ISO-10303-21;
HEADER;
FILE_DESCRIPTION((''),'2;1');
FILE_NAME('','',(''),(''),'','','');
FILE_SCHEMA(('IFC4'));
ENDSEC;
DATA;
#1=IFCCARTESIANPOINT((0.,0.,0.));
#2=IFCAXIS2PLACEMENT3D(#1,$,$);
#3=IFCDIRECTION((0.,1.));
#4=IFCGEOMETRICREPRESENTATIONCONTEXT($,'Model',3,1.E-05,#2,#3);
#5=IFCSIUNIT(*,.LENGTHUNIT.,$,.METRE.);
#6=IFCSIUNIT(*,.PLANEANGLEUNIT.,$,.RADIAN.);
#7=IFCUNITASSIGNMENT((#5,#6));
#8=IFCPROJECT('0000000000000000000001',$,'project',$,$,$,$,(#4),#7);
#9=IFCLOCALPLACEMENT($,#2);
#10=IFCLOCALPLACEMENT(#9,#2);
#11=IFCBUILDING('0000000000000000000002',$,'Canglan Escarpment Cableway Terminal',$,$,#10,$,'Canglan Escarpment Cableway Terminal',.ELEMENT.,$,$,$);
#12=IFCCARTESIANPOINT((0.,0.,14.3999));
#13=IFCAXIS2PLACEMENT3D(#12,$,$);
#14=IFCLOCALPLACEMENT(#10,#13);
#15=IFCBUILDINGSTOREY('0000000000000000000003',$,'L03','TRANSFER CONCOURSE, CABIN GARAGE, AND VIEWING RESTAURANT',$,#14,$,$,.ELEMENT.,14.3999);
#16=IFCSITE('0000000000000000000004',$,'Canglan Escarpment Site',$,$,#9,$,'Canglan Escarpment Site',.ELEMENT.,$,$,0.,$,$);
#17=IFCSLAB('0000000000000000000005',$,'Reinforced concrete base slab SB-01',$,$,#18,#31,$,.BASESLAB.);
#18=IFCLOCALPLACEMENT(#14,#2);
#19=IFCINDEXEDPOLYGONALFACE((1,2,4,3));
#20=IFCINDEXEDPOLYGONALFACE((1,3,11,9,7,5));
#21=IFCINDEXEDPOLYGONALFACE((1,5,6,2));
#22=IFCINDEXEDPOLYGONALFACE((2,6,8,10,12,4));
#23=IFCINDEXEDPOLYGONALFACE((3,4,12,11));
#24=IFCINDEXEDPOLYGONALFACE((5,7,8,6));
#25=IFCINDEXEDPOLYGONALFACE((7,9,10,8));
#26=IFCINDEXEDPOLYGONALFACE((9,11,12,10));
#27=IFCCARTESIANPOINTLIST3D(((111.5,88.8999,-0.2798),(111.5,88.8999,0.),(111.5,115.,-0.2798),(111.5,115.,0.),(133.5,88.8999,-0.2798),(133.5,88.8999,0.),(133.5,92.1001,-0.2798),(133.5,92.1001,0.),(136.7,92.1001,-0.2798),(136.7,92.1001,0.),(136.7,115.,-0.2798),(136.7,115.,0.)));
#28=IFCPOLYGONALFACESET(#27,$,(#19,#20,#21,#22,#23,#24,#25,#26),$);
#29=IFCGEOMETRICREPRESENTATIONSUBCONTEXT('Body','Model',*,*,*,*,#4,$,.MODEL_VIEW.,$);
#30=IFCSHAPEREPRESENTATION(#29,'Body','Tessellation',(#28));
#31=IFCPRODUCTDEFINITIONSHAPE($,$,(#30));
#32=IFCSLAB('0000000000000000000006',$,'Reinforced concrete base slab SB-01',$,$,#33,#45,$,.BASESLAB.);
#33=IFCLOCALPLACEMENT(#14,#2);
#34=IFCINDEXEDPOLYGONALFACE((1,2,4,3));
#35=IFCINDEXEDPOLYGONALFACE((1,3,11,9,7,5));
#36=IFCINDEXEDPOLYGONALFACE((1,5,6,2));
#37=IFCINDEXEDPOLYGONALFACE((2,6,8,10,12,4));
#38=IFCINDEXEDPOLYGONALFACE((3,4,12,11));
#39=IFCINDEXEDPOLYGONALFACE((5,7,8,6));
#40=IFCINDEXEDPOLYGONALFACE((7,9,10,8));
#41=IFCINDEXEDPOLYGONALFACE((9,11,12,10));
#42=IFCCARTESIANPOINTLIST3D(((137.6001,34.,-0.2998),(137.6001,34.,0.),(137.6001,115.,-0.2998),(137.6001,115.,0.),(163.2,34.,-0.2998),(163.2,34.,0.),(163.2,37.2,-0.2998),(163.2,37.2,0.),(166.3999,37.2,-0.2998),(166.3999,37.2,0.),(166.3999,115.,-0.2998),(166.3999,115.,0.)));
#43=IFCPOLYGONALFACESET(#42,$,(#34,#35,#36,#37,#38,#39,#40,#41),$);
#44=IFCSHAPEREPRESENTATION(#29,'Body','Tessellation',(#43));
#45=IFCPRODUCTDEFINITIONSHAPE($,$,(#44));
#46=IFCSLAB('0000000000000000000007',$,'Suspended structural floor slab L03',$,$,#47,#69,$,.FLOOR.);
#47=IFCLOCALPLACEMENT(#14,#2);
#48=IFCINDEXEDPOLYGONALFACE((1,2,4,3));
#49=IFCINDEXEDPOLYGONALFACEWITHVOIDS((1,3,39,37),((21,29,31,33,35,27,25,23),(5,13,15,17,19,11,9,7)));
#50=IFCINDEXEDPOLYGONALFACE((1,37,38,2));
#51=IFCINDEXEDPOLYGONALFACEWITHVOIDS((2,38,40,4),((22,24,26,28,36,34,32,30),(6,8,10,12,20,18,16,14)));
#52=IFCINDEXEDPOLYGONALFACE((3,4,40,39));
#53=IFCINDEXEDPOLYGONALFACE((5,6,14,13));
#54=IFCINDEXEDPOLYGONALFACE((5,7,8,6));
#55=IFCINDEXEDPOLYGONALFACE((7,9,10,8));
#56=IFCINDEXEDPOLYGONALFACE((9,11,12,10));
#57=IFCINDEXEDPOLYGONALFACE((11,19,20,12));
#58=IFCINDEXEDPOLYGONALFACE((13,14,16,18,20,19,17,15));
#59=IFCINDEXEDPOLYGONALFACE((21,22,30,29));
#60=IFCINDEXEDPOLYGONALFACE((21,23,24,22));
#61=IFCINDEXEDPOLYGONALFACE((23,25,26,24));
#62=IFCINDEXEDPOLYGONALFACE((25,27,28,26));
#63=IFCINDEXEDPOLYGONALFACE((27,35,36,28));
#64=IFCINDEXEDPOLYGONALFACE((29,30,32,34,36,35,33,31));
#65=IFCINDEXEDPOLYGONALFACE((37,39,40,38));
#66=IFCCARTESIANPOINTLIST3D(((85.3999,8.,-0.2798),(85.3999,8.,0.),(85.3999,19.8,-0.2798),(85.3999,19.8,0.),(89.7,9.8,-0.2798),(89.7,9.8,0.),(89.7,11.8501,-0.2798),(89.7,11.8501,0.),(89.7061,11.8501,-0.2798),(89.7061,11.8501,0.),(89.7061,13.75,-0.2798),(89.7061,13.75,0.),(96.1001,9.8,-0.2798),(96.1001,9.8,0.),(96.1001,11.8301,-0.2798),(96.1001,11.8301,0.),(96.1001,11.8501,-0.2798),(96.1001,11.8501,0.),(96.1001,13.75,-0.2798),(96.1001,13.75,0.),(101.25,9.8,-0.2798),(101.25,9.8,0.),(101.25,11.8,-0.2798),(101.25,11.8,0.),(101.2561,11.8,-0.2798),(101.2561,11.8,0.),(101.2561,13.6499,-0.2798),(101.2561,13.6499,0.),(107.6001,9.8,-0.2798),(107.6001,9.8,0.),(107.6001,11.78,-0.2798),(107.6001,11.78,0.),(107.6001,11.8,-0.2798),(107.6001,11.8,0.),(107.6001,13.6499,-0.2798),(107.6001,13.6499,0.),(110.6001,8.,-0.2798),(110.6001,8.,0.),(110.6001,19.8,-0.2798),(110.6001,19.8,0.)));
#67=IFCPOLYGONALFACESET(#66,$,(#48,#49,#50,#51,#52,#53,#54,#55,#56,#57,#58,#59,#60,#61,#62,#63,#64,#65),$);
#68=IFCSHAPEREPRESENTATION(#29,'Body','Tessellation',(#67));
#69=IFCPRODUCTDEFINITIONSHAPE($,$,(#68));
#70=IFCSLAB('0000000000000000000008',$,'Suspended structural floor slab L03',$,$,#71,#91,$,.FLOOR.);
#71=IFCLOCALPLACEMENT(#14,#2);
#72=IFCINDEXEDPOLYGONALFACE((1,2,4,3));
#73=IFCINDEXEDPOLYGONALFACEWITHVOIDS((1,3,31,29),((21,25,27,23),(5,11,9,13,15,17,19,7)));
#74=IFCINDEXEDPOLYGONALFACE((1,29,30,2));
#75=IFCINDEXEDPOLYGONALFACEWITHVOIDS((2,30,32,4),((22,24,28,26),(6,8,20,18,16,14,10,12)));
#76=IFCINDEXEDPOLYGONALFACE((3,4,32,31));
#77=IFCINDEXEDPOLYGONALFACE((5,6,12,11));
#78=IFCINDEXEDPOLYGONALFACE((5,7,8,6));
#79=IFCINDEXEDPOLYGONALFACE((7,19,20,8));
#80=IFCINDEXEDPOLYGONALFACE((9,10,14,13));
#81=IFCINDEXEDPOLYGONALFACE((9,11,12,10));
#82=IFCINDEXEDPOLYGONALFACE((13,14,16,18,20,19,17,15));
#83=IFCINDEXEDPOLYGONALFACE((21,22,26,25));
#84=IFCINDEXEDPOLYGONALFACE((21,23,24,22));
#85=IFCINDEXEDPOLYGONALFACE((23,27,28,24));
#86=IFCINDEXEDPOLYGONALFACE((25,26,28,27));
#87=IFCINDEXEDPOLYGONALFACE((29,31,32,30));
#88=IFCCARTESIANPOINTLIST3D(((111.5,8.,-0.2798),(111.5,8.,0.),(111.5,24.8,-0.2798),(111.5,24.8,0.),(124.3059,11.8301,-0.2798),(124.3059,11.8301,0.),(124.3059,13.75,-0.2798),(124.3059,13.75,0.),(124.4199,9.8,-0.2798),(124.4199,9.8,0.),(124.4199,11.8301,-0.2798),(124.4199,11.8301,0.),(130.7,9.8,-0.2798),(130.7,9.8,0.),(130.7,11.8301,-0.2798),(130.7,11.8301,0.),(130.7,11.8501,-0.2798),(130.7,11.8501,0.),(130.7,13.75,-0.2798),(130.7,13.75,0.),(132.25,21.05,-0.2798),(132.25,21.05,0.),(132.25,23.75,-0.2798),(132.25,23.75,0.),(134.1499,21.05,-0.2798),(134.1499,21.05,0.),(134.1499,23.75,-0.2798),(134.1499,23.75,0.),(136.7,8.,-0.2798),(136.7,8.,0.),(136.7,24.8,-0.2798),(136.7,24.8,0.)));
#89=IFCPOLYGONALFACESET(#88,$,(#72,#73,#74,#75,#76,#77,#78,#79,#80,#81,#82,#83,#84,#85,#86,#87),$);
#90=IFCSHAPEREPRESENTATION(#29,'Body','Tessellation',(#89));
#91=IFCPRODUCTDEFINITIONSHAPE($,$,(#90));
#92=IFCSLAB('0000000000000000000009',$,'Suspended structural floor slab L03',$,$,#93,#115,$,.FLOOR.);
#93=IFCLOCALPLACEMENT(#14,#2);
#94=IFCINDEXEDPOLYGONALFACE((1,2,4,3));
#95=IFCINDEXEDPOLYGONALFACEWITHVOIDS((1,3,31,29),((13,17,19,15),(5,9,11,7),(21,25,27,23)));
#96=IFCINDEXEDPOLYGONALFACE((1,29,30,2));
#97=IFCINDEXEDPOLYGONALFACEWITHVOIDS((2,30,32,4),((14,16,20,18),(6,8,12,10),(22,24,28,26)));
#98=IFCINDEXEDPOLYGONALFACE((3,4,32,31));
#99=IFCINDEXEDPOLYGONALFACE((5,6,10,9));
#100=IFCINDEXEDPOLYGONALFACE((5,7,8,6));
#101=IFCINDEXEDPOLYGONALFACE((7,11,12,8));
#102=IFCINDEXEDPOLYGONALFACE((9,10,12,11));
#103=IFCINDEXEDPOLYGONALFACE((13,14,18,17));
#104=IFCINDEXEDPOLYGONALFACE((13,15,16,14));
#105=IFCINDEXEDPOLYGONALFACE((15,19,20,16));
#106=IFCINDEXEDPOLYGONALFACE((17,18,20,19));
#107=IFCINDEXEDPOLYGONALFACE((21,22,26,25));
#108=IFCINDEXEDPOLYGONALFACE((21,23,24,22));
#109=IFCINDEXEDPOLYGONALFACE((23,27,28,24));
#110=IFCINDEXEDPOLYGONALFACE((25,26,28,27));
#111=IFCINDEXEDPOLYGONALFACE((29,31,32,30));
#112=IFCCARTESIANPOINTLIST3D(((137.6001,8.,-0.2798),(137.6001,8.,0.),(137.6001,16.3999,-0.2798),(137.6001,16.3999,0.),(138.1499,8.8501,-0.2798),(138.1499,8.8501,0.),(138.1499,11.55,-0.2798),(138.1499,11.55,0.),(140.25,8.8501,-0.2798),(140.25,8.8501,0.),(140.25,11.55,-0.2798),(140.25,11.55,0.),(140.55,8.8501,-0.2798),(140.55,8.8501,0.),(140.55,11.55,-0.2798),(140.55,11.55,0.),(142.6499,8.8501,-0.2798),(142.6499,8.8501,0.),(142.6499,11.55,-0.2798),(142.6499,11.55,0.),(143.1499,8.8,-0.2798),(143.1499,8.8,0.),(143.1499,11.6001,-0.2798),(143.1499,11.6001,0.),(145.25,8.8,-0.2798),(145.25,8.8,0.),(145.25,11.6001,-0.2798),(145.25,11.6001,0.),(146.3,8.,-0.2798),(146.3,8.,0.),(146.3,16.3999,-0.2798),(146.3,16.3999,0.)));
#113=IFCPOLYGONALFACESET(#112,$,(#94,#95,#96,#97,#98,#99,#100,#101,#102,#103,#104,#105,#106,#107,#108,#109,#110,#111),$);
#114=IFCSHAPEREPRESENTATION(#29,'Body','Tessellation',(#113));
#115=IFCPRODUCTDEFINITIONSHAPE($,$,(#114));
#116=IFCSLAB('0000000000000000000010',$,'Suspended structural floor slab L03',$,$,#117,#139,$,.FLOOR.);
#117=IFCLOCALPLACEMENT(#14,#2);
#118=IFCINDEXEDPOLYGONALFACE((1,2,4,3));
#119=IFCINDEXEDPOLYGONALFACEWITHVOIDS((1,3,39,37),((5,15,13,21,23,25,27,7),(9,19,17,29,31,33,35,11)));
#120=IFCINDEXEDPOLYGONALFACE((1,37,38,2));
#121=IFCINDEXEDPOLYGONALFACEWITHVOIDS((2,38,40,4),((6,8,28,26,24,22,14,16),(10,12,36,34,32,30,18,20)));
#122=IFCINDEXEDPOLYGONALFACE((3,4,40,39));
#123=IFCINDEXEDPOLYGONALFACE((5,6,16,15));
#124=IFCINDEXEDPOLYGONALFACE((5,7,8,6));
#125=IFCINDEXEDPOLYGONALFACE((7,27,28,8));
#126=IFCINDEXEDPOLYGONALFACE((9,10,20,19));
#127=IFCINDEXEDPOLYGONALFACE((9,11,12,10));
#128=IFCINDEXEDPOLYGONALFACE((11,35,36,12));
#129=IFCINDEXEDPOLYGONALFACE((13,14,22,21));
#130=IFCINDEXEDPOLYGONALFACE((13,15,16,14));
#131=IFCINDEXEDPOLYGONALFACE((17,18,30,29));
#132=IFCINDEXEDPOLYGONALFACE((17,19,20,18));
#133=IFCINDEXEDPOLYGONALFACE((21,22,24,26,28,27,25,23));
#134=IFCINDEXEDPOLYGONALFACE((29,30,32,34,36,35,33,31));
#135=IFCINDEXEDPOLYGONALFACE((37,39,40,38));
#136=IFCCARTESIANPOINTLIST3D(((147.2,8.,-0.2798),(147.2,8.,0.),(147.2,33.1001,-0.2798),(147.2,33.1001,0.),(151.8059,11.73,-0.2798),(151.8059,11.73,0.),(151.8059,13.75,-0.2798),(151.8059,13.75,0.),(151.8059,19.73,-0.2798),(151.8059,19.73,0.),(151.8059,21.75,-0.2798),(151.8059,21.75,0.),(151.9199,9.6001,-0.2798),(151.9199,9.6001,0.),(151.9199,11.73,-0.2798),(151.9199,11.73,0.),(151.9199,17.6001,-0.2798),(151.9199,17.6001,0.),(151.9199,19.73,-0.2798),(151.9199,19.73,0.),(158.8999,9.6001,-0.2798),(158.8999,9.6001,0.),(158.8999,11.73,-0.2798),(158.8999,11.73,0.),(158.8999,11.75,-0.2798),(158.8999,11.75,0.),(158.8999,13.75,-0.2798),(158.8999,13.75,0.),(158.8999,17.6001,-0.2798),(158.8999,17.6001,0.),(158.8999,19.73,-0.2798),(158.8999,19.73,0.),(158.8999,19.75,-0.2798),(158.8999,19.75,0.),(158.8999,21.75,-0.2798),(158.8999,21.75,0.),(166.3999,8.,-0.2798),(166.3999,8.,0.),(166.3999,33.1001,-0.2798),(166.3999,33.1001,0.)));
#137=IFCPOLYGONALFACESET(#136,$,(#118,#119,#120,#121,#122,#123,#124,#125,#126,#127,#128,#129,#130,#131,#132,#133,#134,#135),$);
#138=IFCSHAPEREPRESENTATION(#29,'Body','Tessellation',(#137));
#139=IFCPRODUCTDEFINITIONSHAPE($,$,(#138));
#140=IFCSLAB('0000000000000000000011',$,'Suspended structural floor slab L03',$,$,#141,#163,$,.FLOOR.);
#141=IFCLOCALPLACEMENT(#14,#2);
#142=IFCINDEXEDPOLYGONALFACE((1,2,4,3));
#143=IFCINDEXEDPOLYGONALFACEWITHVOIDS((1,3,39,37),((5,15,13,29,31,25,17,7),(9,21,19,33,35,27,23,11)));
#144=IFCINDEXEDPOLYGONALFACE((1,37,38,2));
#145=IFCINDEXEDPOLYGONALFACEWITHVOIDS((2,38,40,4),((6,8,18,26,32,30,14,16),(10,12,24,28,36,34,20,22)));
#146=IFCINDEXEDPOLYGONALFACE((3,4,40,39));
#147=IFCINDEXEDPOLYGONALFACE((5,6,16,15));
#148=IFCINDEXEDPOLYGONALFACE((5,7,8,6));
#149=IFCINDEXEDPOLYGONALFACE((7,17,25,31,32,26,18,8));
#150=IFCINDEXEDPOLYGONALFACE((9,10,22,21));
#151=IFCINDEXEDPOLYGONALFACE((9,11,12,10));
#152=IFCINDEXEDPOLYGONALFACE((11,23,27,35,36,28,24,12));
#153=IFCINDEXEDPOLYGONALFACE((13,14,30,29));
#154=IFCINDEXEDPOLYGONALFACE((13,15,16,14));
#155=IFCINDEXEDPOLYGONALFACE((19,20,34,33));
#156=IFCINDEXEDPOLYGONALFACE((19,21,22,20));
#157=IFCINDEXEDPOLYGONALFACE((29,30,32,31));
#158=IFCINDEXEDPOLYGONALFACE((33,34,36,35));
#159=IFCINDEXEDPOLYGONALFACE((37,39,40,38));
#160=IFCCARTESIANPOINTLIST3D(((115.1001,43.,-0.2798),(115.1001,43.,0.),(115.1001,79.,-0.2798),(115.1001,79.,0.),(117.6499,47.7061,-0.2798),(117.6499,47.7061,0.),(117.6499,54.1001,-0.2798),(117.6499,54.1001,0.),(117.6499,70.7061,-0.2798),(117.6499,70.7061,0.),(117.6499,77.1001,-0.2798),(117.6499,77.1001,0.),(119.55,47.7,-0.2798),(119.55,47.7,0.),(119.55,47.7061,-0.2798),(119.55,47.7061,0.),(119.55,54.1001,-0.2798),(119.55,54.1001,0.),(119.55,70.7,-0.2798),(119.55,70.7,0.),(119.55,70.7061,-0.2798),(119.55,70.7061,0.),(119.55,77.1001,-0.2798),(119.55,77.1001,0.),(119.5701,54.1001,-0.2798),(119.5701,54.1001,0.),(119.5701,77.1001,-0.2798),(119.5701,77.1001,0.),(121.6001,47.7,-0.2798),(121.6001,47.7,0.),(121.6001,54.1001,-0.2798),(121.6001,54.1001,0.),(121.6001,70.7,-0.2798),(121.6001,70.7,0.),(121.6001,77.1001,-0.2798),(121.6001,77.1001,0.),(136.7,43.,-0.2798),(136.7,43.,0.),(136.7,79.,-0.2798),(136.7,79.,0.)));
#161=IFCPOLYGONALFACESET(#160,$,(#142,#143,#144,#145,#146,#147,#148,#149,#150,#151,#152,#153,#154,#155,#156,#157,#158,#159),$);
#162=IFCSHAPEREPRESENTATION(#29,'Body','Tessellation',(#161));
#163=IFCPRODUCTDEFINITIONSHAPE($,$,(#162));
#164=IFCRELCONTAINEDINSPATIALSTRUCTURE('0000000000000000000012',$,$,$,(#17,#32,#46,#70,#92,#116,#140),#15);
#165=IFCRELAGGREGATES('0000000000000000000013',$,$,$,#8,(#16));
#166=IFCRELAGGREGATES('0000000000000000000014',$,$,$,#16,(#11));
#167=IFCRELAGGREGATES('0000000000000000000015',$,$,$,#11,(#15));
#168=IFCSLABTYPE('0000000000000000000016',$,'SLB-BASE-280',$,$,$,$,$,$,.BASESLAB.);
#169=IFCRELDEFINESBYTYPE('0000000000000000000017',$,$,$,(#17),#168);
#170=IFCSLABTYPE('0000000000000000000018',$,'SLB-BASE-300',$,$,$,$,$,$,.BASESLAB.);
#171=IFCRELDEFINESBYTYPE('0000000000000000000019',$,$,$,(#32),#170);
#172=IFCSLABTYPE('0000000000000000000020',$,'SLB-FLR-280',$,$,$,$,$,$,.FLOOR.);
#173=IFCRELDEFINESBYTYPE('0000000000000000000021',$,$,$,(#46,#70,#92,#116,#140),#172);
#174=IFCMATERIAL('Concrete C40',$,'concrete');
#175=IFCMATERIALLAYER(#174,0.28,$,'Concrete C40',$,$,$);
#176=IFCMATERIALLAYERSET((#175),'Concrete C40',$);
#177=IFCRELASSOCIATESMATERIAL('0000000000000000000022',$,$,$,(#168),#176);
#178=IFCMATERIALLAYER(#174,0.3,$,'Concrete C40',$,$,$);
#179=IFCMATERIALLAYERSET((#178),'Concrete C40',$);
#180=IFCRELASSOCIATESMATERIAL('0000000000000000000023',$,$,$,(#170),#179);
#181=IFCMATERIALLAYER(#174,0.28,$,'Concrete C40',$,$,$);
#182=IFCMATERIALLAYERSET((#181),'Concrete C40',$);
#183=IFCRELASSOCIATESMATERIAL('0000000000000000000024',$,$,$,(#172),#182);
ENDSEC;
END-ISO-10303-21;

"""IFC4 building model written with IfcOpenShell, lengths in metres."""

from ifc_helpers import new_model, si_unit, direction, frame, origin, place, context, subcontext, project, spatial, polyline, outline, extrude, material, layer, layer_set, type_object, element, save


model = new_model("IFC4")

# Units and contexts
model_context = context("Model", 3, precision=1e-05, world=origin(), true_north=direction((0.0, 1.0)))
body_context = subcontext(model_context, "Body", "Model", "MODEL_VIEW")
ifc_project = project(units=[si_unit("LENGTHUNIT", "METRE"), si_unit("PLANEANGLEUNIT", "RADIAN")], contexts=[model_context])

# Site, building, storey
site_placement = place(None, origin())
site = spatial("IfcSite", under=ifc_project, at=site_placement, Name="Canglan Escarpment Site", LongName="Canglan Escarpment Site", CompositionType="ELEMENT", RefElevation=0.0)
building_placement = place(site_placement, origin())
building = spatial("IfcBuilding", under=site, at=building_placement, Name="Canglan Escarpment Cableway Terminal", LongName="Canglan Escarpment Cableway Terminal", CompositionType="ELEMENT")
storey_placement = place(building_placement, frame((0.0, 0.0, 14.3999)))
storey = spatial("IfcBuildingStorey", under=building, at=storey_placement, Name="L03", Description="TRANSFER CONCOURSE, CABIN GARAGE, AND VIEWING RESTAURANT", CompositionType="ELEMENT", Elevation=14.3999)

# Slabs
ifc_material = material(Name="Concrete C40", Category="concrete")
ifc_layer_1 = layer(ifc_material, 0.28, Name="Concrete C40")
ifc_layer_set_1 = layer_set([ifc_layer_1], Name="Concrete C40")
slab_type_1 = type_object("IfcSlabType", Name="SLB-BASE-280", PredefinedType="BASESLAB", material=ifc_layer_set_1)
slab_1_placement = place(storey_placement, frame((0.0, 0.0, -0.2798)))
element("IfcSlab", 1, at=slab_1_placement, inside=storey, type_object=slab_type_1, Name="Reinforced concrete base slab SB-01", PredefinedType="BASESLAB", context=body_context, shape_type="SweptSolid", body=[
    extrude(outline(polyline([(111.5, 88.8999), (133.5, 88.8999), (133.5, 92.1001), (136.7, 92.1001), (136.7, 115.0), (111.5, 115.0), (111.5, 88.8999)])), origin(), (0.0, 0.0, 1.0), 0.2798),
])
ifc_layer_2 = layer(ifc_material, 0.3, Name="Concrete C40")
ifc_layer_set_2 = layer_set([ifc_layer_2], Name="Concrete C40")
slab_type_2 = type_object("IfcSlabType", Name="SLB-BASE-300", PredefinedType="BASESLAB", material=ifc_layer_set_2)
slab_2_placement = place(storey_placement, frame((0.0, 0.0, -0.2998)))
element("IfcSlab", 2, at=slab_2_placement, inside=storey, type_object=slab_type_2, Name="Reinforced concrete base slab SB-01", PredefinedType="BASESLAB", context=body_context, shape_type="SweptSolid", body=[
    extrude(outline(polyline([(137.6001, 34.0), (163.2, 34.0), (163.2, 37.2), (166.3999, 37.2), (166.3999, 115.0), (137.6001, 115.0), (137.6001, 34.0)])), origin(), (0.0, 0.0, 1.0), 0.2998),
])
ifc_layer_3 = layer(ifc_material, 0.28, Name="Concrete C40")
ifc_layer_set_3 = layer_set([ifc_layer_3], Name="Concrete C40")
slab_type_3 = type_object("IfcSlabType", Name="SLB-FLR-280", PredefinedType="FLOOR", material=ifc_layer_set_3)
slab_3_placement = place(storey_placement, frame((0.0, 0.0, -0.2798)))
element("IfcSlab", 3, at=slab_3_placement, inside=storey, type_object=slab_type_3, Name="Suspended structural floor slab L03", PredefinedType="FLOOR", context=body_context, shape_type="SweptSolid", body=[
    extrude(outline(polyline([(85.3999, 8.0), (110.6001, 8.0), (110.6001, 19.8), (85.3999, 19.8), (85.3999, 8.0)]), holes=[polyline([(101.25, 9.8), (101.25, 11.8), (101.2561, 11.8), (101.2561, 13.6499), (107.6001, 13.6499), (107.6001, 11.8), (107.6001, 11.78), (107.6001, 9.8), (101.25, 9.8)]), polyline([(89.7, 9.8), (89.7, 11.8501), (89.7061, 11.8501), (89.7061, 13.75), (96.1001, 13.75), (96.1001, 11.8501), (96.1001, 11.8301), (96.1001, 9.8), (89.7, 9.8)])]), origin(), (0.0, 0.0, 1.0), 0.2798),
])
slab_4_placement = place(storey_placement, frame((0.0, 0.0, -0.2798)))
element("IfcSlab", 4, at=slab_4_placement, inside=storey, type_object=slab_type_3, Name="Suspended structural floor slab L03", PredefinedType="FLOOR", context=body_context, shape_type="SweptSolid", body=[
    extrude(outline(polyline([(111.5, 8.0), (136.7, 8.0), (136.7, 24.8), (111.5, 24.8), (111.5, 8.0)]), holes=[polyline([(124.4199, 9.8), (124.4199, 11.8301), (124.3059, 11.8301), (124.3059, 13.75), (130.7, 13.75), (130.7, 11.8501), (130.7, 11.8301), (130.7, 9.8), (124.4199, 9.8)]), polyline([(132.25, 21.05), (132.25, 23.75), (134.1499, 23.75), (134.1499, 21.05), (132.25, 21.05)])]), origin(), (0.0, 0.0, 1.0), 0.2798),
])
slab_5_placement = place(storey_placement, frame((0.0, 0.0, -0.2798)))
element("IfcSlab", 5, at=slab_5_placement, inside=storey, type_object=slab_type_3, Name="Suspended structural floor slab L03", PredefinedType="FLOOR", context=body_context, shape_type="SweptSolid", body=[
    extrude(outline(polyline([(137.6001, 8.0), (146.3, 8.0), (146.3, 16.3999), (137.6001, 16.3999), (137.6001, 8.0)]), holes=[polyline([(138.1499, 8.8501), (138.1499, 11.55), (140.25, 11.55), (140.25, 8.8501), (138.1499, 8.8501)]), polyline([(140.55, 11.55), (142.6499, 11.55), (142.6499, 8.8501), (140.55, 8.8501), (140.55, 11.55)]), polyline([(143.1499, 11.6001), (145.25, 11.6001), (145.25, 8.8), (143.1499, 8.8), (143.1499, 11.6001)])]), origin(), (0.0, 0.0, 1.0), 0.2798),
])
slab_6_placement = place(storey_placement, frame((0.0, 0.0, -0.2798)))
element("IfcSlab", 6, at=slab_6_placement, inside=storey, type_object=slab_type_3, Name="Suspended structural floor slab L03", PredefinedType="FLOOR", context=body_context, shape_type="SweptSolid", body=[
    extrude(outline(polyline([(147.2, 8.0), (166.3999, 8.0), (166.3999, 33.1001), (147.2, 33.1001), (147.2, 8.0)]), holes=[polyline([(151.9199, 9.6001), (151.9199, 11.73), (151.8059, 11.73), (151.8059, 13.75), (158.8999, 13.75), (158.8999, 11.75), (158.8999, 11.73), (158.8999, 9.6001), (151.9199, 9.6001)]), polyline([(151.9199, 17.6001), (151.9199, 19.73), (151.8059, 19.73), (151.8059, 21.75), (158.8999, 21.75), (158.8999, 19.75), (158.8999, 19.73), (158.8999, 17.6001), (151.9199, 17.6001)])]), origin(), (0.0, 0.0, 1.0), 0.2798),
])
slab_7_placement = place(storey_placement, frame((0.0, 0.0, -0.2798)))
element("IfcSlab", 7, at=slab_7_placement, inside=storey, type_object=slab_type_3, Name="Suspended structural floor slab L03", PredefinedType="FLOOR", context=body_context, shape_type="SweptSolid", body=[
    extrude(outline(polyline([(115.1001, 43.0), (136.7, 43.0), (136.7, 79.0), (115.1001, 79.0), (115.1001, 43.0)]), holes=[polyline([(121.6001, 47.7), (119.55, 47.7), (119.55, 47.7061), (117.6499, 47.7061), (117.6499, 54.1001), (119.55, 54.1001), (119.5701, 54.1001), (121.6001, 54.1001), (121.6001, 47.7)]), polyline([(121.6001, 70.7), (119.55, 70.7), (119.55, 70.7061), (117.6499, 70.7061), (117.6499, 77.1001), (119.55, 77.1001), (119.5701, 77.1001), (121.6001, 77.1001), (121.6001, 70.7)])]), origin(), (0.0, 0.0, 1.0), 0.2798),
])

save(model, "model.ifc")
